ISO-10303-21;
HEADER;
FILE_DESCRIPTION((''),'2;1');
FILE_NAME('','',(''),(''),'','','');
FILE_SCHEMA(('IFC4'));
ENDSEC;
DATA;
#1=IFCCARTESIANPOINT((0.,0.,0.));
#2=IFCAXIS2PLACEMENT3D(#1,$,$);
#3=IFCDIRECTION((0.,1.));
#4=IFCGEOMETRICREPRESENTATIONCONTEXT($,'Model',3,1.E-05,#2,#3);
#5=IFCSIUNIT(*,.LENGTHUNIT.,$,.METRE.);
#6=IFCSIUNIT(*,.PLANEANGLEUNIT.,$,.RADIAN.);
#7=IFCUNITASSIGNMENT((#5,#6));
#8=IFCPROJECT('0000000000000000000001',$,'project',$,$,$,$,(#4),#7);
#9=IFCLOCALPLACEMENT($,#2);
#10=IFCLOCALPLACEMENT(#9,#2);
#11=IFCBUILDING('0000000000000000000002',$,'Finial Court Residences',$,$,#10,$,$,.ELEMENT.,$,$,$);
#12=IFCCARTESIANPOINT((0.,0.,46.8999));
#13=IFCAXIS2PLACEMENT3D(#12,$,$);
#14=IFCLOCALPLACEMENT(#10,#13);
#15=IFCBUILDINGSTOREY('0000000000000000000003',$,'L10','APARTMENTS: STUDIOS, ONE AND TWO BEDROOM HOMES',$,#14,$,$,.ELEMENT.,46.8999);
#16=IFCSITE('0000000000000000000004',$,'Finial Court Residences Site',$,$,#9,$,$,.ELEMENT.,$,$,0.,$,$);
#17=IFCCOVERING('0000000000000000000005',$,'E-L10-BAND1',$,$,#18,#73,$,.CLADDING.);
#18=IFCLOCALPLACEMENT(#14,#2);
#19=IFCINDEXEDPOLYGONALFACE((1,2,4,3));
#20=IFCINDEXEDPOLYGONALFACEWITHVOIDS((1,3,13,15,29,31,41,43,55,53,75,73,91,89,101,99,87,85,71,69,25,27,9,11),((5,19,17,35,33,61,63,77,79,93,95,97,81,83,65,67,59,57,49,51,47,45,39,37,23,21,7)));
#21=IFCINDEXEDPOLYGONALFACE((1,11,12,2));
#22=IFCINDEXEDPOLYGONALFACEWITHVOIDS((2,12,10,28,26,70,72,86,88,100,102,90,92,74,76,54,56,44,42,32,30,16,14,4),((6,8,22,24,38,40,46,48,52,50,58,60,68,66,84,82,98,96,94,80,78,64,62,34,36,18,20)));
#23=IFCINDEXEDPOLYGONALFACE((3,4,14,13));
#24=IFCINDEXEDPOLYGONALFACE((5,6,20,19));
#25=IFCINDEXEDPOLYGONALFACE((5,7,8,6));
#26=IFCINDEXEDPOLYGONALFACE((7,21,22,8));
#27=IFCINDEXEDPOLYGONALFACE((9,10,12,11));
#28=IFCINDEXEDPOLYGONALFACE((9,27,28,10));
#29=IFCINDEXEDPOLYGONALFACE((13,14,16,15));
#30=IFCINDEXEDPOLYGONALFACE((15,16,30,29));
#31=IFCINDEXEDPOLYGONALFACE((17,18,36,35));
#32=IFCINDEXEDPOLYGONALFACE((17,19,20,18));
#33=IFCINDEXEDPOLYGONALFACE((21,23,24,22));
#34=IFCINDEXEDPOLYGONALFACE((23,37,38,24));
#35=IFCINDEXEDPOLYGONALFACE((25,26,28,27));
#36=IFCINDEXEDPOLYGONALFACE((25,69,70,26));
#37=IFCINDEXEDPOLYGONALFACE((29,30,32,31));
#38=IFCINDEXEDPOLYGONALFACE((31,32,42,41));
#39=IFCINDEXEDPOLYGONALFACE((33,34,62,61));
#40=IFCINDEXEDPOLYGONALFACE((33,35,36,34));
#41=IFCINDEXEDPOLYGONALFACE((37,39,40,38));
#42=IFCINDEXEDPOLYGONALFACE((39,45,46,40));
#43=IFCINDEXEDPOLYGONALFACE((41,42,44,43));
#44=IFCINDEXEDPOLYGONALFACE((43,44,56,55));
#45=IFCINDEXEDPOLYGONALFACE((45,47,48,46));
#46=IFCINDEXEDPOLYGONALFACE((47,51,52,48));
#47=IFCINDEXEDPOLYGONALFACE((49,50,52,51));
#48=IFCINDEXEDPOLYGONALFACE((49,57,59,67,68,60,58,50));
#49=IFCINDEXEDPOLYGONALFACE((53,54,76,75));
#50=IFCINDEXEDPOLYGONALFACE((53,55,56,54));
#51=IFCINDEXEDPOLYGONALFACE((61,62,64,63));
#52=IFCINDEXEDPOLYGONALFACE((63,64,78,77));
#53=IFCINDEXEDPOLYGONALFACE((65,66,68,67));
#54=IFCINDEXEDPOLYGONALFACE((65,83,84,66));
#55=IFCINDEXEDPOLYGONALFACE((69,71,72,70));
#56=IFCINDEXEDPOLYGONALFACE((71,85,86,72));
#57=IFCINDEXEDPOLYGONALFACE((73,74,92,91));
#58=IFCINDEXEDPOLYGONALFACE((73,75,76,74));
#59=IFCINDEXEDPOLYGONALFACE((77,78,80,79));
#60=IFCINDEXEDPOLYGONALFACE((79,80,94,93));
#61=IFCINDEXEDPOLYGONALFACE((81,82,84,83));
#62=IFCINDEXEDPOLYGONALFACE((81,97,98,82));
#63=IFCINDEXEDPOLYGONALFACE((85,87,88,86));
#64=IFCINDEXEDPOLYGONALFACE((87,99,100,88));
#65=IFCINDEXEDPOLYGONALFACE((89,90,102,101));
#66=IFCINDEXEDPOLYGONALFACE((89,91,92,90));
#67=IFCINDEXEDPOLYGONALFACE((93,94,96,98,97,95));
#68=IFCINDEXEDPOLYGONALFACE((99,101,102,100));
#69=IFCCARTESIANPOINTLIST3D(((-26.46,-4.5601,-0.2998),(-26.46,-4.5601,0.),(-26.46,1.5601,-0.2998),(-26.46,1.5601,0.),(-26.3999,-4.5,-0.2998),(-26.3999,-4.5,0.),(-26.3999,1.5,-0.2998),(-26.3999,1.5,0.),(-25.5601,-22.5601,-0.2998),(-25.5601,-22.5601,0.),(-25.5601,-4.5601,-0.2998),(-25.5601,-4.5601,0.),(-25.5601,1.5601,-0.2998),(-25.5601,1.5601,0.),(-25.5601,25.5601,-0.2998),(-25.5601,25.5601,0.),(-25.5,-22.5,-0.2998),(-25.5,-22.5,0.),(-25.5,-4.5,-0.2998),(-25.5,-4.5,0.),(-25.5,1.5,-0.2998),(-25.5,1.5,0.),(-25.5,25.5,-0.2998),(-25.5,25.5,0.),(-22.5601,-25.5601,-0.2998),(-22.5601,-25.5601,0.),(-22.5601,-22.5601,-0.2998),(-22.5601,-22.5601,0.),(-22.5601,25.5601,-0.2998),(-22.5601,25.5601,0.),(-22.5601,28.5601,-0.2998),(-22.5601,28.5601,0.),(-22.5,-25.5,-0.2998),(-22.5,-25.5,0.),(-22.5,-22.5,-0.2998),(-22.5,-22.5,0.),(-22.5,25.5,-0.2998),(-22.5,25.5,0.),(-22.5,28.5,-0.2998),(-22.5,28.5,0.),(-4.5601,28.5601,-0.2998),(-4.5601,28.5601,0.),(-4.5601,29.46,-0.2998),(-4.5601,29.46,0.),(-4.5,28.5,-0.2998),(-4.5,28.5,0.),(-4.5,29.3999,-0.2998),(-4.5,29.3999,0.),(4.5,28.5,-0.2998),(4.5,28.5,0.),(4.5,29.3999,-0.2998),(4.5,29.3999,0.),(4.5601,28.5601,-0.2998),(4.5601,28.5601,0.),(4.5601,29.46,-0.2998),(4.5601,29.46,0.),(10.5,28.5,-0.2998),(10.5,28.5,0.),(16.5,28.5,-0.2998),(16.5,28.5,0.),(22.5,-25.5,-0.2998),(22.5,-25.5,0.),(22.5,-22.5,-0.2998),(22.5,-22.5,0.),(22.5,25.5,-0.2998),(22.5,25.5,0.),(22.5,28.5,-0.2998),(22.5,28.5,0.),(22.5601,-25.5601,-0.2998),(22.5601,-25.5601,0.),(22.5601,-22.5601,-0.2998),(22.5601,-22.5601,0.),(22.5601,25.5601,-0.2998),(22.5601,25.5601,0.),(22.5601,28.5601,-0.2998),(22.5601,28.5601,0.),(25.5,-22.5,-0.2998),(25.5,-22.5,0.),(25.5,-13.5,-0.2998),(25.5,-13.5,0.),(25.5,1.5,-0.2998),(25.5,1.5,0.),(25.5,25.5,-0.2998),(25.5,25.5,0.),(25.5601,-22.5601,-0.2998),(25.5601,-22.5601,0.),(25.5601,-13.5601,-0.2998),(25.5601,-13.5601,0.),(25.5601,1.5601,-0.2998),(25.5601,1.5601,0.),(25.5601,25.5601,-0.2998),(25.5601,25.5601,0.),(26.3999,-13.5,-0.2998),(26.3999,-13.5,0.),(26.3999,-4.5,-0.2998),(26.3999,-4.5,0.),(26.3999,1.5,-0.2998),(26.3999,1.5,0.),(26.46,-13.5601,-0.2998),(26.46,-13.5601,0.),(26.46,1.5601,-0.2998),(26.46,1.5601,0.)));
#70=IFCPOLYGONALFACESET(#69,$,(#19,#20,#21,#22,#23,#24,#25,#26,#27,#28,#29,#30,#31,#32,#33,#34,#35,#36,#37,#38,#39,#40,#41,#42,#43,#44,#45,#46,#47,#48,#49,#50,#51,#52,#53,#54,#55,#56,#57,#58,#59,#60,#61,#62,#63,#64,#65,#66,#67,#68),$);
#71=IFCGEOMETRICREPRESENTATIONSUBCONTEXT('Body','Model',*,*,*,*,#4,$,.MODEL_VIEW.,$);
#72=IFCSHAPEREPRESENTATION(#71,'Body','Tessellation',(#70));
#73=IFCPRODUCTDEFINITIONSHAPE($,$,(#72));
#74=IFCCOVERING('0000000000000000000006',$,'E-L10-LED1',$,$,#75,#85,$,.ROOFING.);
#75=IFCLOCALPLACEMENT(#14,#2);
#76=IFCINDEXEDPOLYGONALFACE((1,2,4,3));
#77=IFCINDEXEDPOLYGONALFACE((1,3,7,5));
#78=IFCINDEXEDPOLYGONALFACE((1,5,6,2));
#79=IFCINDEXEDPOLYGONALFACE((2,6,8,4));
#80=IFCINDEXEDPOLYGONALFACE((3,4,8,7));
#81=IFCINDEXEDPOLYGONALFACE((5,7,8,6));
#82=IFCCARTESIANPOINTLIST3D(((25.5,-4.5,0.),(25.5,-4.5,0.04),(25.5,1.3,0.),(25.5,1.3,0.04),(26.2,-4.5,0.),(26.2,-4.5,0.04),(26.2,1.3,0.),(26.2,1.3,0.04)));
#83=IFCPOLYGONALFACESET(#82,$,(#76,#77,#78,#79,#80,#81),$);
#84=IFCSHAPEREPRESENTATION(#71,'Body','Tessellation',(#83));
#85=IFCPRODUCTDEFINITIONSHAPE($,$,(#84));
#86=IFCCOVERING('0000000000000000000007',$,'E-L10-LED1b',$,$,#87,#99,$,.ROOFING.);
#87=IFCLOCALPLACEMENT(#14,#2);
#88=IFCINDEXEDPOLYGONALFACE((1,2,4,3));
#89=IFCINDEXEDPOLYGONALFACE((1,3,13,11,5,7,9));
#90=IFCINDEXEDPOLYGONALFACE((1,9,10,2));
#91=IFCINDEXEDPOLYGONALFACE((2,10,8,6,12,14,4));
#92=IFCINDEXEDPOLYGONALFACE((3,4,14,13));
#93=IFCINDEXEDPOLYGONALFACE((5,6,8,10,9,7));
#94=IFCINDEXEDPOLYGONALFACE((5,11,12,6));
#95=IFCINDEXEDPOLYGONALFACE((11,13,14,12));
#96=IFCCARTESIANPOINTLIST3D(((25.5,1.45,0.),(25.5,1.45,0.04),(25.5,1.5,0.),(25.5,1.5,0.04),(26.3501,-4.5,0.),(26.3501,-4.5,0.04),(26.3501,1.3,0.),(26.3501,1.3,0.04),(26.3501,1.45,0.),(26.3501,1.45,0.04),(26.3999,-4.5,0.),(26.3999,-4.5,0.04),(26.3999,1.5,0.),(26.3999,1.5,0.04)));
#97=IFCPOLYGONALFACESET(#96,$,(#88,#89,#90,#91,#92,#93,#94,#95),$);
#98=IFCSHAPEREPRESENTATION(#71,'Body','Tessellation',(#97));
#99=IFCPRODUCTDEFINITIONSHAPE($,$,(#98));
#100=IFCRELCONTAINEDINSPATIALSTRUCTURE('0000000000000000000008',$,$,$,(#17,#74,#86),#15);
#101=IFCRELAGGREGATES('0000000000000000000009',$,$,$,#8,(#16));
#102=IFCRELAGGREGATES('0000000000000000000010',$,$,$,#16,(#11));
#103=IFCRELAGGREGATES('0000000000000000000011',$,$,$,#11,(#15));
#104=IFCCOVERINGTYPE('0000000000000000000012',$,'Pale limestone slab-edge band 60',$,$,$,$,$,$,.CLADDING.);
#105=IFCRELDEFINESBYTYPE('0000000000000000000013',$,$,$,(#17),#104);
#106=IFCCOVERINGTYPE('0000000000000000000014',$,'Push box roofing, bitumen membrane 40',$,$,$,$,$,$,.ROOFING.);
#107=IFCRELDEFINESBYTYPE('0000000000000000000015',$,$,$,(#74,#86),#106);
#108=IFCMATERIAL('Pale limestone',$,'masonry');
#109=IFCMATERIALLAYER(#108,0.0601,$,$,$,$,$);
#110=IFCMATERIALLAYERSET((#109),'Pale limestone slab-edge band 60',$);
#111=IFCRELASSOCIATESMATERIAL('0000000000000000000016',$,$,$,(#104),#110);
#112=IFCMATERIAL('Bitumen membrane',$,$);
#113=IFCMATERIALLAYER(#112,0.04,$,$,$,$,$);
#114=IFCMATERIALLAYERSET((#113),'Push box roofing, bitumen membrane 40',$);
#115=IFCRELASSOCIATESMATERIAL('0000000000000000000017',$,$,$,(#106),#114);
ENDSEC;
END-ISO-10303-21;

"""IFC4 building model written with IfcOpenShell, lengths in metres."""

from ifc_helpers import new_model, si_unit, direction, frame, origin, place, context, subcontext, project, spatial, polyline, outline, extrude, material, layer, layer_set, type_object, element, save


model = new_model("IFC4")

# Units and contexts
model_context = context("Model", 3, precision=1e-05, world=origin(), true_north=direction((0.0, 1.0)))
body_context = subcontext(model_context, "Body", "Model", "MODEL_VIEW")
ifc_project = project(units=[si_unit("LENGTHUNIT", "METRE"), si_unit("PLANEANGLEUNIT", "RADIAN")], contexts=[model_context])

# Site, building, storey
site_placement = place(None, origin())
site = spatial("IfcSite", under=ifc_project, at=site_placement, Name="Finial Court Residences Site", CompositionType="ELEMENT", RefElevation=0.0)
building_placement = place(site_placement, origin())
building = spatial("IfcBuilding", under=site, at=building_placement, Name="Finial Court Residences", CompositionType="ELEMENT")
storey_placement = place(building_placement, frame((0.0, 0.0, 46.8999)))
storey = spatial("IfcBuildingStorey", under=building, at=storey_placement, Name="L10", Description="APARTMENTS: STUDIOS, ONE AND TWO BEDROOM HOMES", CompositionType="ELEMENT", Elevation=46.8999)

# Coverings
ifc_material_1 = material(Name="Pale limestone", Category="masonry")
ifc_layer_1 = layer(ifc_material_1, 0.0601)
ifc_layer_set_1 = layer_set([ifc_layer_1], Name="Pale limestone slab-edge band 60")
covering_type_1 = type_object("IfcCoveringType", Name="Pale limestone slab-edge band 60", PredefinedType="CLADDING", material=ifc_layer_set_1)
covering_1_placement = place(storey_placement, frame((0.0, 0.0, -0.2998)))
element("IfcCovering", 1, at=covering_1_placement, inside=storey, type_object=covering_type_1, Name="E-L10-BAND1", PredefinedType="CLADDING", context=body_context, shape_type="SweptSolid", body=[
    extrude(outline(polyline([(26.46, -13.5601), (25.5601, -13.5601), (25.5601, -22.5601), (22.5601, -22.5601), (22.5601, -25.5601), (-22.5601, -25.5601), (-22.5601, -22.5601), (-25.5601, -22.5601), (-25.5601, -4.5601), (-26.46, -4.5601), (-26.46, 1.5601), (-25.5601, 1.5601), (-25.5601, 25.5601), (-22.5601, 25.5601), (-22.5601, 28.5601), (-4.5601, 28.5601), (-4.5601, 29.46), (4.5601, 29.46), (4.5601, 28.5601), (22.5601, 28.5601), (22.5601, 25.5601), (25.5601, 25.5601), (25.5601, 1.5601), (26.46, 1.5601), (26.46, -13.5601)]), holes=[polyline([(25.5, 1.5), (25.5, 25.5), (22.5, 25.5), (22.5, 28.5), (16.5, 28.5), (10.5, 28.5), (4.5, 28.5), (4.5, 29.3999), (-4.5, 29.3999), (-4.5, 28.5), (-22.5, 28.5), (-22.5, 25.5), (-25.5, 25.5), (-25.5, 1.5), (-26.3999, 1.5), (-26.3999, -4.5), (-25.5, -4.5), (-25.5, -22.5), (-22.5, -22.5), (-22.5, -25.5), (22.5, -25.5), (22.5, -22.5), (25.5, -22.5), (25.5, -13.5), (26.3999, -13.5), (26.3999, -4.5), (26.3999, 1.5), (25.5, 1.5)])]), origin(), (0.0, 0.0, 1.0), 0.2998),
])
ifc_material_2 = material(Name="Bitumen membrane")
ifc_layer_2 = layer(ifc_material_2, 0.04)
ifc_layer_set_2 = layer_set([ifc_layer_2], Name="Push box roofing, bitumen membrane 40")
covering_type_2 = type_object("IfcCoveringType", Name="Push box roofing, bitumen membrane 40", PredefinedType="ROOFING", material=ifc_layer_set_2)
covering_2_placement = place(storey_placement, origin())
element("IfcCovering", 2, at=covering_2_placement, inside=storey, type_object=covering_type_2, Name="E-L10-LED1", PredefinedType="ROOFING", context=body_context, shape_type="SweptSolid", body=[
    extrude(outline(polyline([(25.5, 1.3), (26.2, 1.3), (26.2, -4.5), (25.5, -4.5), (25.5, 1.3)])), origin(), (0.0, 0.0, 1.0), 0.04),
])
covering_3_placement = place(storey_placement, origin())
element("IfcCovering", 3, at=covering_3_placement, inside=storey, type_object=covering_type_2, Name="E-L10-LED1b", PredefinedType="ROOFING", context=body_context, shape_type="SweptSolid", body=[
    extrude(outline(polyline([(25.5, 1.5), (26.3999, 1.5), (26.3999, -4.5), (26.3501, -4.5), (26.3501, 1.3), (26.3501, 1.3), (26.3501, 1.45), (25.5, 1.45), (25.5, 1.5)])), origin(), (0.0, 0.0, 1.0), 0.04),
])

save(model, "model.ifc")
